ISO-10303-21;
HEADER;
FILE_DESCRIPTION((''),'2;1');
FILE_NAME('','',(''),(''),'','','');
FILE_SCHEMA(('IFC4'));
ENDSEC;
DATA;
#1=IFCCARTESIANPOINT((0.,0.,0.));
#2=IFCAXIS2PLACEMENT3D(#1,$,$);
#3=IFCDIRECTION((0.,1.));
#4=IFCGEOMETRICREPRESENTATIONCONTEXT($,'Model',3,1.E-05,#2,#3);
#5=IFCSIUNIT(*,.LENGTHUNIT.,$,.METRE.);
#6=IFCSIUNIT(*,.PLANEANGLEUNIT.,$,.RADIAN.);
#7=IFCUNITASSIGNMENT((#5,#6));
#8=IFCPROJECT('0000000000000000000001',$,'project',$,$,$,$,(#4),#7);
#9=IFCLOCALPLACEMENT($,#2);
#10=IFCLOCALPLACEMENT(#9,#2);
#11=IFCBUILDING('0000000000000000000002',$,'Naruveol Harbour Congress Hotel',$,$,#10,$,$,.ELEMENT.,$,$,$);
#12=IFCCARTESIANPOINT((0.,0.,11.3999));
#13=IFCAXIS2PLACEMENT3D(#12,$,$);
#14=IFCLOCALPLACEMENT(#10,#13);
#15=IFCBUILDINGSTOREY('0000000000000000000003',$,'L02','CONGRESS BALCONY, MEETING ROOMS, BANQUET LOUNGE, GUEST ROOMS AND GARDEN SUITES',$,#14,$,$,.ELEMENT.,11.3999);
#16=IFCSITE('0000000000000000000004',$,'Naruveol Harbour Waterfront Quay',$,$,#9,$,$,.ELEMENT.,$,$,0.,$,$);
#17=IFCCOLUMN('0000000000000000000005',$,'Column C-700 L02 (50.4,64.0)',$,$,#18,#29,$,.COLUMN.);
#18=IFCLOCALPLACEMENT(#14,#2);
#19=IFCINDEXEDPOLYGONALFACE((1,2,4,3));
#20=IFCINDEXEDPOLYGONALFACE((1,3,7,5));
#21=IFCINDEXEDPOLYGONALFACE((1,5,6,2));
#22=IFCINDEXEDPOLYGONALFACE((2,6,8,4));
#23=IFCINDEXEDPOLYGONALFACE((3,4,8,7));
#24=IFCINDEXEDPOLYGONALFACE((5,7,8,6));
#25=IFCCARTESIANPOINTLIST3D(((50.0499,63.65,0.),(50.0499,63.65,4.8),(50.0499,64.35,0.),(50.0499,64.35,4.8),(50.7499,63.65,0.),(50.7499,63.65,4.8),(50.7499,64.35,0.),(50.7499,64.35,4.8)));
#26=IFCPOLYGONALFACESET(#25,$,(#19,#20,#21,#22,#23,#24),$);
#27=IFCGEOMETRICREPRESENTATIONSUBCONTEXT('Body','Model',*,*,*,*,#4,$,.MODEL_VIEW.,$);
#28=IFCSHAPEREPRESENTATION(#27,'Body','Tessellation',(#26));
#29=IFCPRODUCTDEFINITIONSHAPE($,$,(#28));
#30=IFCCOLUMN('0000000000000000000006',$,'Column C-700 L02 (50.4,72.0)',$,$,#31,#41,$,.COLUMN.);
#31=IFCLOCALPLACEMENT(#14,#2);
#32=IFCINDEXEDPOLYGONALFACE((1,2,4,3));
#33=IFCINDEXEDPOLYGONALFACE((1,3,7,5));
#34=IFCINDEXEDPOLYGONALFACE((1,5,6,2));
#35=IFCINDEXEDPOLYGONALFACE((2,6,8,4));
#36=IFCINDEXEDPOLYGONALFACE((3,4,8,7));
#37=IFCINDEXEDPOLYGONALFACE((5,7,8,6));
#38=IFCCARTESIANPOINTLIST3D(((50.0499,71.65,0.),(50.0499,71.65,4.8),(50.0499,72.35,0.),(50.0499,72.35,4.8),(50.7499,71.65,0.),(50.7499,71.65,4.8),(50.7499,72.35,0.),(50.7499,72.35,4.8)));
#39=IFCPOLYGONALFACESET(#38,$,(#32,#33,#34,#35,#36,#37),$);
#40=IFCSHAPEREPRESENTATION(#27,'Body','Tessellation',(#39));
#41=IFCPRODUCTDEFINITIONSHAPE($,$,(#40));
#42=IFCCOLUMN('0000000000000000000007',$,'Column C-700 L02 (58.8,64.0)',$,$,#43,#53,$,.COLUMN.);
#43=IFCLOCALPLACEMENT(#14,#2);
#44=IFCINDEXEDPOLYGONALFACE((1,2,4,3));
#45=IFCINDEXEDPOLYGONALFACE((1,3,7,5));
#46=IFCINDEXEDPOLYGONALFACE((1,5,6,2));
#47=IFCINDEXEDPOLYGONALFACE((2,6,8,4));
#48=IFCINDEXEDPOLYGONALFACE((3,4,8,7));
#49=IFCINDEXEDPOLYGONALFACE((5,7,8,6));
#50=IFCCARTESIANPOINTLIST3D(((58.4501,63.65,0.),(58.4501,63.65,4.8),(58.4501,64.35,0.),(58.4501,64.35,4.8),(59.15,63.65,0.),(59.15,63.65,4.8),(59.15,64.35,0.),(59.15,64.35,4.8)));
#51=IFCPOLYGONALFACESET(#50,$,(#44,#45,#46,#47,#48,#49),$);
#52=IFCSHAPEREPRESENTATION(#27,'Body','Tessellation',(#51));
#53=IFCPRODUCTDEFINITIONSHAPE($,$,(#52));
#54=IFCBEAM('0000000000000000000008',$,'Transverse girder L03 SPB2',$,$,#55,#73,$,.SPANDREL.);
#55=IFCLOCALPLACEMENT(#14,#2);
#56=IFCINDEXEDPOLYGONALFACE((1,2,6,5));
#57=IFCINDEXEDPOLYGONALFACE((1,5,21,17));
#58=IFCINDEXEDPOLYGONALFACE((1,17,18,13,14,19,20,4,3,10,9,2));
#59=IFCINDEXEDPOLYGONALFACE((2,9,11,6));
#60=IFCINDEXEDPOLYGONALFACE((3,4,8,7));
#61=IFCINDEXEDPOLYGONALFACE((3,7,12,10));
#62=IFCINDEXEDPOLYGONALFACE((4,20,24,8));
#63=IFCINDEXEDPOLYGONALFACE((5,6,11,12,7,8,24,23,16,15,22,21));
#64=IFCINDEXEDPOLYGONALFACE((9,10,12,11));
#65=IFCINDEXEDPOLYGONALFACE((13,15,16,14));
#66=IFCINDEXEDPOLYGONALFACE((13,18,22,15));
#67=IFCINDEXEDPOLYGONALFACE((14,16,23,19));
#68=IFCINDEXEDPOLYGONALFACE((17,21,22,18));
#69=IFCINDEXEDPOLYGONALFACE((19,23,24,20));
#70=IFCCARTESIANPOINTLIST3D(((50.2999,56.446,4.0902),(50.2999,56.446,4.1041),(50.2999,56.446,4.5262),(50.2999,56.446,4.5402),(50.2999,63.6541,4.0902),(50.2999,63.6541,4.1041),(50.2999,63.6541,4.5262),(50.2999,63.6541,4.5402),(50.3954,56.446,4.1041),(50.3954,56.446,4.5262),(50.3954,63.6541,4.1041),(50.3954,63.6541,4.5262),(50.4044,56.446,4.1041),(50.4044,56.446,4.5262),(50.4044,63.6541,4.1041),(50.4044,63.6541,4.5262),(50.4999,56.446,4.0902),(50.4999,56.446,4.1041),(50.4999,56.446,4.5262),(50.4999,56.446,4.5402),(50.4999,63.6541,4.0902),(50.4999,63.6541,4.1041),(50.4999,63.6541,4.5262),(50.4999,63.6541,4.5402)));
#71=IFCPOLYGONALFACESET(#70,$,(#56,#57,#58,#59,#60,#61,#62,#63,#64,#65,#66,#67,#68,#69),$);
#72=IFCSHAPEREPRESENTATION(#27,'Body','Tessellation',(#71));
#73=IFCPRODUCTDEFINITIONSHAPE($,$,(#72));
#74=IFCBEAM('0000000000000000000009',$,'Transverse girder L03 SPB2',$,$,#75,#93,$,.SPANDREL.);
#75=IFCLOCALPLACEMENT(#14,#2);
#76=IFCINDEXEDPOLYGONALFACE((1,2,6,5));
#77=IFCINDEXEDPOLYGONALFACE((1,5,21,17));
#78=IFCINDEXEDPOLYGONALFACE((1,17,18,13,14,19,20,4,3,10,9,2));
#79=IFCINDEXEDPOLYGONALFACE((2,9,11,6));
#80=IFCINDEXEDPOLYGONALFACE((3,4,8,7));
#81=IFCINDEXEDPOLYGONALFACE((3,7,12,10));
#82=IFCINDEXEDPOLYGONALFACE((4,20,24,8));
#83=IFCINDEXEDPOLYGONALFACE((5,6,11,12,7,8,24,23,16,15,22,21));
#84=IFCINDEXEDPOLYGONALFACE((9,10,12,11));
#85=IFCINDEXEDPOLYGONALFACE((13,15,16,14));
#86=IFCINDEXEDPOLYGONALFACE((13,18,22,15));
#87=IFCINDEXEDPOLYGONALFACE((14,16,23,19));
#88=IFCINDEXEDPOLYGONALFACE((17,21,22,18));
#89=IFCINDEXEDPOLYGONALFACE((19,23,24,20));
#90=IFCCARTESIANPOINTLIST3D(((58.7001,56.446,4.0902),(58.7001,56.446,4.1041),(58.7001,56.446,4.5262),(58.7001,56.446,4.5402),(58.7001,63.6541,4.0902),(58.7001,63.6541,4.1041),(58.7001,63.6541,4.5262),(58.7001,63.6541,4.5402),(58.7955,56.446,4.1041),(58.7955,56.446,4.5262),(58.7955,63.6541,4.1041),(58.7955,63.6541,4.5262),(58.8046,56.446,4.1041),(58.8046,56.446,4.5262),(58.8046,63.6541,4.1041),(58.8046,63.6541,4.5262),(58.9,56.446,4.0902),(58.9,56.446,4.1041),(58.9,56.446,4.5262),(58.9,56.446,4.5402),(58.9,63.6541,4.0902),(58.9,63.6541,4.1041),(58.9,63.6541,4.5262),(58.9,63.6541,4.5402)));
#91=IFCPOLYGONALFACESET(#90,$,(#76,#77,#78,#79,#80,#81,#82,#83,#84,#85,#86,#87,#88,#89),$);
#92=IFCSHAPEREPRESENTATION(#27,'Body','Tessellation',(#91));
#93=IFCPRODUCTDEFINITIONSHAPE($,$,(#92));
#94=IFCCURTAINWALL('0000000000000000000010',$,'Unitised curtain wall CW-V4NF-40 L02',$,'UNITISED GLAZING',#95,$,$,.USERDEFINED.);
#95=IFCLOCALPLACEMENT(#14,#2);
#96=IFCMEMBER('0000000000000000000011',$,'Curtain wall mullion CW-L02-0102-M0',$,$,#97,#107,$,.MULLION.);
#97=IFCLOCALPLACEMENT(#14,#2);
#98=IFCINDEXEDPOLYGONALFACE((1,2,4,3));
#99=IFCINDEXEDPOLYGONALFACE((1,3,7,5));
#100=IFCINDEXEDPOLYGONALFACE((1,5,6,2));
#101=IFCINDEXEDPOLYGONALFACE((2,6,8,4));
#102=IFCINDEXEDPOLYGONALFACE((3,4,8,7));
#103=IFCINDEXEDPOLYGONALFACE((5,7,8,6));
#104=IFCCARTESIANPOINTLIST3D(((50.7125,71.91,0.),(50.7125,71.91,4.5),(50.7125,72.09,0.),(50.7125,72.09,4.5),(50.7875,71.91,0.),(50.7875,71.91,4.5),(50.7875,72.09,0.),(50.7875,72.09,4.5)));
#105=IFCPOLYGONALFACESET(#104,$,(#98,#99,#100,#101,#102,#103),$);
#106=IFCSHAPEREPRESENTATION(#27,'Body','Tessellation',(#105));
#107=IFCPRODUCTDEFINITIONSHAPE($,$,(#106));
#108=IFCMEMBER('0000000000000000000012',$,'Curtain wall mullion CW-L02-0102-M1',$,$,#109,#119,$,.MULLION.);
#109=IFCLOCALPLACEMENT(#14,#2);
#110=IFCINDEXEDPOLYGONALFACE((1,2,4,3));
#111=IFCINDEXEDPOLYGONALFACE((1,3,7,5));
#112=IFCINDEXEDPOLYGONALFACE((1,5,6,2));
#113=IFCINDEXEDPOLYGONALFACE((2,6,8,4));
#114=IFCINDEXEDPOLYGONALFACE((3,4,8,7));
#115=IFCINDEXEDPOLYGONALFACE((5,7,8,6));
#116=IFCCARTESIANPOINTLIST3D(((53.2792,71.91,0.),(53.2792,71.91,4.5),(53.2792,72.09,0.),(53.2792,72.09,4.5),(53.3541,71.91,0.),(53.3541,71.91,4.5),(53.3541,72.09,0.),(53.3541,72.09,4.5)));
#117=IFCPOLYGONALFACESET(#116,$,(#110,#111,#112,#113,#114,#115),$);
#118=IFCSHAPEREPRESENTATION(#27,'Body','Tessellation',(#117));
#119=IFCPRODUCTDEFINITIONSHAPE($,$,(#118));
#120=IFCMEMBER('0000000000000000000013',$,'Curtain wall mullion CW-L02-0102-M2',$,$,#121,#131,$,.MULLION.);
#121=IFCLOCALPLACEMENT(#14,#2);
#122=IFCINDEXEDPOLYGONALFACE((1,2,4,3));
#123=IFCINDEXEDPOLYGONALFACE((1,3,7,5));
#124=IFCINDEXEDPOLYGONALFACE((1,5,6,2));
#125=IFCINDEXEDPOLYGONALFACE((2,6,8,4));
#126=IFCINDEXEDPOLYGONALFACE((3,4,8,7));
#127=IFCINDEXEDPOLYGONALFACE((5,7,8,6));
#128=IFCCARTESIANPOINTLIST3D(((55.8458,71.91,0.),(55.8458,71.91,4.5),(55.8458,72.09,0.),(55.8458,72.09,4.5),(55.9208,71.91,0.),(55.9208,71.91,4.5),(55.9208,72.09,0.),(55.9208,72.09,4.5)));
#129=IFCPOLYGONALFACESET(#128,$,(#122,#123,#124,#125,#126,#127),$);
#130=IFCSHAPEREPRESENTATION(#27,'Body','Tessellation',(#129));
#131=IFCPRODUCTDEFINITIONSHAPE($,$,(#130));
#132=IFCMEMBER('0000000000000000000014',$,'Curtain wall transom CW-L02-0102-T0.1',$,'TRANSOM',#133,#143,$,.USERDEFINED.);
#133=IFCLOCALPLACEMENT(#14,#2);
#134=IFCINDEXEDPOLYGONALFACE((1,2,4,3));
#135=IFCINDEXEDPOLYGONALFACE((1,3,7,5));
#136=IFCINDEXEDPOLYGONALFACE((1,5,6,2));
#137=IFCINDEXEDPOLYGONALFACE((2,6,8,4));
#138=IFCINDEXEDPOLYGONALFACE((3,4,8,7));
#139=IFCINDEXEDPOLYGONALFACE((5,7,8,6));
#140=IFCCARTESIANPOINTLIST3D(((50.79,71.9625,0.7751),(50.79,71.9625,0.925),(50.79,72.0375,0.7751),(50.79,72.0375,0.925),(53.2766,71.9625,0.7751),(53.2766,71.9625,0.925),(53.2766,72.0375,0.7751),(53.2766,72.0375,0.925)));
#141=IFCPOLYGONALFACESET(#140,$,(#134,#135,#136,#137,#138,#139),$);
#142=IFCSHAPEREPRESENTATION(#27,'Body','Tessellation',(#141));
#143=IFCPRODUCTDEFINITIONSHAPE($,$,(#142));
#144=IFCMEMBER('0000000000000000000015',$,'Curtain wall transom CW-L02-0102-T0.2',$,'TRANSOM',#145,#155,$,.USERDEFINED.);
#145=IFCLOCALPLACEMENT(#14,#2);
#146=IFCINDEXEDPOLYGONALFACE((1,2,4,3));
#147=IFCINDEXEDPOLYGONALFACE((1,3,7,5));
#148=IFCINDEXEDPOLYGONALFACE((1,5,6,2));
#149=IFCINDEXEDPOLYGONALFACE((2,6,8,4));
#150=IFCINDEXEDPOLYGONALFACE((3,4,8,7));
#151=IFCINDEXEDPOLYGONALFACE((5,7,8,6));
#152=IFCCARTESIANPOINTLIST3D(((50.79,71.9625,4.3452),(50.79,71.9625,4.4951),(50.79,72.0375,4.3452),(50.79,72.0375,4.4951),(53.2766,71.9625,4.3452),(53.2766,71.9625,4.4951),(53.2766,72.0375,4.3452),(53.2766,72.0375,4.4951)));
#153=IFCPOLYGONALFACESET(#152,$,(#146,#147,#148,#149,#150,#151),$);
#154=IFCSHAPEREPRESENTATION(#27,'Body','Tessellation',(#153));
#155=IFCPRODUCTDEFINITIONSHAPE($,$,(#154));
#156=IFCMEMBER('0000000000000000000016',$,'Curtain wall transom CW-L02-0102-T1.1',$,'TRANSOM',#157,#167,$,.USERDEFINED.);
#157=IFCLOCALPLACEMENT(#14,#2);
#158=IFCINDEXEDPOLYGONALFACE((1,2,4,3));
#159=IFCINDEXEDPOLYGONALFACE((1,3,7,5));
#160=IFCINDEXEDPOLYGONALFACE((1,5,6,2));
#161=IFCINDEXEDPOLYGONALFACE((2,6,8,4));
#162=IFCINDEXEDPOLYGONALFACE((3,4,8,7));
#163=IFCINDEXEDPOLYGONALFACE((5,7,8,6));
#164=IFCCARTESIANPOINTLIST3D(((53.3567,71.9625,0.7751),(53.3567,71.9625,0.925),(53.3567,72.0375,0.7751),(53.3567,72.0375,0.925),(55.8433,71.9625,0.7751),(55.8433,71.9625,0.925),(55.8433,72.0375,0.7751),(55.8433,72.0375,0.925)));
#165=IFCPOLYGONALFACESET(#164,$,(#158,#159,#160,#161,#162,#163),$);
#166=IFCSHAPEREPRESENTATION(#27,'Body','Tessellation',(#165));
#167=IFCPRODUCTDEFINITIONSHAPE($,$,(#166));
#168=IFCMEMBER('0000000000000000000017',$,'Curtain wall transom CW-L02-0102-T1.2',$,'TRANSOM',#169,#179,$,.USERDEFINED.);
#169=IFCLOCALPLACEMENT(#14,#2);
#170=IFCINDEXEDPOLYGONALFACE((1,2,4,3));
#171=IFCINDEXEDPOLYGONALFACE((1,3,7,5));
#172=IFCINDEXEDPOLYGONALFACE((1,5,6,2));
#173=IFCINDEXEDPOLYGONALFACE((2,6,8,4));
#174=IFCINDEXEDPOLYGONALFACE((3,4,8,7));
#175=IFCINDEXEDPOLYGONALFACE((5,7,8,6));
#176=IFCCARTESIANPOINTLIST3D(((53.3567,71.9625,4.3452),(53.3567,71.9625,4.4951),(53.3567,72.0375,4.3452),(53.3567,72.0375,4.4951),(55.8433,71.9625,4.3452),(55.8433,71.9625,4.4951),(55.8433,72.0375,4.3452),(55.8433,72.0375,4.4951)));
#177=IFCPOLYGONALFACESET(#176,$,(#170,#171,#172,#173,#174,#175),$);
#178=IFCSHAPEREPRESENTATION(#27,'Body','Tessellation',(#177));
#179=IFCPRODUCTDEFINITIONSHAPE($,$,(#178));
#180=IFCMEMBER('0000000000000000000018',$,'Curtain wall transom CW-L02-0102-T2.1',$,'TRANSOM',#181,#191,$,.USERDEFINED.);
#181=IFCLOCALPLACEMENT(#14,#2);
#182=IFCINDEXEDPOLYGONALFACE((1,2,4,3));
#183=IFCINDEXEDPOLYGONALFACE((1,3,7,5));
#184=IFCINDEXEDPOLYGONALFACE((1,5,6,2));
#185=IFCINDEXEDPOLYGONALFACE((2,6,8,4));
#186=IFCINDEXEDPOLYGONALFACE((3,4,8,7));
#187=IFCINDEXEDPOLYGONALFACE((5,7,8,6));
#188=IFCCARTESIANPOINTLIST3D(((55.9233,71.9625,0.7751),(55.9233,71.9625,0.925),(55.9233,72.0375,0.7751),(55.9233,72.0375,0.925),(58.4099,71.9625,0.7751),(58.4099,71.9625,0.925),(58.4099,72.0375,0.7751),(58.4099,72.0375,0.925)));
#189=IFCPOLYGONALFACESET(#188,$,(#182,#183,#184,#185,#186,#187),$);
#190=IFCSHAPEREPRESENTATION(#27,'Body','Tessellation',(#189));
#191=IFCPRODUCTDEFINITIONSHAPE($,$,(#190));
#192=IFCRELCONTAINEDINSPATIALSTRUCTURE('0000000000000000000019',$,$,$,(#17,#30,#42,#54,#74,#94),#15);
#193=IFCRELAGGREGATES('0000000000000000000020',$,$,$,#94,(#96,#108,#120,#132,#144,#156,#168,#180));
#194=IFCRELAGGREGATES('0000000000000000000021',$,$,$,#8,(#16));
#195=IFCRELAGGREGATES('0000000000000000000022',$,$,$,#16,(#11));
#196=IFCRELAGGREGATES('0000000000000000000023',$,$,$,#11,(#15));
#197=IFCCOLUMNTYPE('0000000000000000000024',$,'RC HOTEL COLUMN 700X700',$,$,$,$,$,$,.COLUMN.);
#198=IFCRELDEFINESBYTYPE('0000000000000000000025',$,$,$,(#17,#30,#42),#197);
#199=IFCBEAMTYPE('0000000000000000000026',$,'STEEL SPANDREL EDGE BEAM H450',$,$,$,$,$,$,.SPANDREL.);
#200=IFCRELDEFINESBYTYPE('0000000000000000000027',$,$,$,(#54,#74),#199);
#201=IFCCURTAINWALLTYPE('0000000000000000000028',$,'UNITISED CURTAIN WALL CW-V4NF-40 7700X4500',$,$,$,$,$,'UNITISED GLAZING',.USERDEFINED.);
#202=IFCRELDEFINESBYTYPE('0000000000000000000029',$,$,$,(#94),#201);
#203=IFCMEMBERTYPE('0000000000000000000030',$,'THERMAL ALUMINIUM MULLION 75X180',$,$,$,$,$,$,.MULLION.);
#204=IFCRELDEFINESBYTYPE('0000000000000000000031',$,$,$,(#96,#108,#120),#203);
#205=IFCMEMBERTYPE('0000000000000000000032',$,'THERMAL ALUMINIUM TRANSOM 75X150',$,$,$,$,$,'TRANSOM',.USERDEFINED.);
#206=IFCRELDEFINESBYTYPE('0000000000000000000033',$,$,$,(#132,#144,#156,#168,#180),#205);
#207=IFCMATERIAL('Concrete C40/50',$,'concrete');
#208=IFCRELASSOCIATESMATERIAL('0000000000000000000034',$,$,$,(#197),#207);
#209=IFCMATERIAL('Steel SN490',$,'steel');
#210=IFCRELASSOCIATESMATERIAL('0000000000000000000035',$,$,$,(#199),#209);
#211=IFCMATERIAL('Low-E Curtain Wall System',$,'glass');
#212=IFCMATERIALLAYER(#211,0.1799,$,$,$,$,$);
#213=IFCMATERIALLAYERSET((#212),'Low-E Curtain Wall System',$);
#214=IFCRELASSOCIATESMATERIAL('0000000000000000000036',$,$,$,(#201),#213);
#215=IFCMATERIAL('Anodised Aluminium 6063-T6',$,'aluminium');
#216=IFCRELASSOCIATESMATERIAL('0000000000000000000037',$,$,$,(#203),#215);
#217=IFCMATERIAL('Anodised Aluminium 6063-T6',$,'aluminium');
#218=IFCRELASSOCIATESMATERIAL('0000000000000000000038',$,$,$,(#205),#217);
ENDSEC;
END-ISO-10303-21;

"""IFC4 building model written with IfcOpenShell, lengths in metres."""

from ifc_helpers import new_model, si_unit, direction, frame, origin, origin_2d, place, context, subcontext, project, spatial, rectangle, i_section, extrude, material, layer, layer_set, material_profile, profile_set, type_object, element, aggregate, save


model = new_model("IFC4")

# Units and contexts
model_context = context("Model", 3, precision=1e-05, world=origin(), true_north=direction((0.0, 1.0)))
body_context = subcontext(model_context, "Body", "Model", "MODEL_VIEW")
ifc_project = project(units=[si_unit("LENGTHUNIT", "METRE"), si_unit("PLANEANGLEUNIT", "RADIAN")], contexts=[model_context])

# Site, building, storey
site_placement = place(None, origin())
site = spatial("IfcSite", under=ifc_project, at=site_placement, Name="Naruveol Harbour Waterfront Quay", CompositionType="ELEMENT", RefElevation=0.0)
building_placement = place(site_placement, origin())
building = spatial("IfcBuilding", under=site, at=building_placement, Name="Naruveol Harbour Congress Hotel", CompositionType="ELEMENT")
storey_placement = place(building_placement, frame((0.0, 0.0, 11.3999)))
storey = spatial("IfcBuildingStorey", under=building, at=storey_placement, Name="L02", Description="CONGRESS BALCONY, MEETING ROOMS, BANQUET LOUNGE, GUEST ROOMS AND GARDEN SUITES", CompositionType="ELEMENT", Elevation=11.3999)

# Columns
ifc_material_1 = material(Name="Concrete C40/50", Category="concrete")
ifc_material_profile_1 = material_profile(ifc_material_1, rectangle(XDim=0.7, YDim=0.7, at=origin_2d()), Name="RC-700x700")
ifc_profile_set_1 = profile_set([ifc_material_profile_1], Name="Concrete C40/50")
column_type = type_object("IfcColumnType", Name="RC HOTEL COLUMN 700X700", PredefinedType="COLUMN", material=ifc_profile_set_1)
for number, where, z_axis, x_axis, name in (
    (1, (50.3999, 64.0, 0.0), (0.0, 0.0, 1.0), (1.0, 0.0, 0.0), "Column C-700 L02 (50.4,64.0)"),
    (2, (50.3999, 72.0, 0.0), (0.0, 0.0, 1.0), (1.0, 0.0, 0.0), "Column C-700 L02 (50.4,72.0)"),
    (3, (58.8, 64.0, 0.0), (0.0, 0.0, 1.0), (1.0, 0.0, 0.0), "Column C-700 L02 (58.8,64.0)"),
):
    element("IfcColumn", number, at=place(storey_placement, frame(where, z_axis=z_axis, x_axis=x_axis)), inside=storey, type_object=column_type, Name=name, PredefinedType="COLUMN", context=body_context, shape_type="SweptSolid", body=[
        extrude(rectangle(XDim=0.7, YDim=0.7, at=origin_2d()), origin(), (0.0, 0.0, 1.0), 4.8),
    ])

# Beams
ifc_material_2 = material(Name="Steel SN490", Category="steel")
ifc_material_profile_2 = material_profile(ifc_material_2, i_section(OverallWidth=0.2, OverallDepth=0.45, WebThickness=0.009, FlangeThickness=0.0139, at=origin_2d()), Name="H-450x200x9x14")
ifc_profile_set_2 = profile_set([ifc_material_profile_2], Name="Steel SN490")
beam_type = type_object("IfcBeamType", Name="STEEL SPANDREL EDGE BEAM H450", PredefinedType="SPANDREL", material=ifc_profile_set_2)
for number, where, z_axis, x_axis, name in (
    (4, (50.3999, 56.446, 4.3152), (0.0, 1.0, 0.0), (-1.0, 0.0, 0.0), "Transverse girder L03 SPB2"),
    (5, (58.8, 56.446, 4.3152), (0.0, 1.0, 0.0), (-1.0, 0.0, 0.0), "Transverse girder L03 SPB2"),
):
    element("IfcBeam", number, at=place(storey_placement, frame(where, z_axis=z_axis, x_axis=x_axis)), inside=storey, type_object=beam_type, Name=name, PredefinedType="SPANDREL", context=body_context, shape_type="SweptSolid", body=[
        extrude(i_section(OverallWidth=0.2, OverallDepth=0.45, WebThickness=0.009, FlangeThickness=0.0139, at=origin_2d()), origin(), (0.0, 0.0, 1.0), 7.208),
    ])

# Curtain wall, members
ifc_material_3 = material(Name="Low-E Curtain Wall System", Category="glass")
ifc_layer_1 = layer(ifc_material_3, 0.1799)
ifc_layer_set_1 = layer_set([ifc_layer_1], Name="Low-E Curtain Wall System")
curtain_wall_type_1 = type_object("IfcCurtainWallType", Name="UNITISED CURTAIN WALL CW-V4NF-40 7700X4500", ElementType="UNITISED GLAZING", PredefinedType="USERDEFINED", material=ifc_layer_set_1)
curtain_wall_1_placement = place(storey_placement, origin())
curtain_wall_1 = element("IfcCurtainWall", 6, at=curtain_wall_1_placement, inside=storey, type_object=curtain_wall_type_1, Name="Unitised curtain wall CW-V4NF-40 L02", ObjectType="UNITISED GLAZING", PredefinedType="USERDEFINED")
ifc_material_4 = material(Name="Anodised Aluminium 6063-T6", Category="aluminium")
ifc_material_profile_3 = material_profile(ifc_material_4, rectangle(XDim=0.075, YDim=0.1799, at=origin_2d()), Name="ALU-75x180")
ifc_profile_set_3 = profile_set([ifc_material_profile_3], Name="Anodised Aluminium 6063-T6")
member_type_1 = type_object("IfcMemberType", Name="THERMAL ALUMINIUM MULLION 75X180", PredefinedType="MULLION", material=ifc_profile_set_3)
member_1_placement = place(storey_placement, frame((50.75, 72.0, 0.0), z_axis=(0.0, 0.0, 1.0), x_axis=(1.0, 0.0, 0.0)))
member_1 = element("IfcMember", 7, at=member_1_placement, type_object=member_type_1, Name="Curtain wall mullion CW-L02-0102-M0", PredefinedType="MULLION", context=body_context, shape_type="SweptSolid", body=[
    extrude(rectangle(XDim=0.075, YDim=0.1799, at=origin_2d()), origin(), (0.0, 0.0, 1.0), 4.5),
])
member_2_placement = place(storey_placement, frame((53.3167, 72.0, 0.0), z_axis=(0.0, 0.0, 1.0), x_axis=(1.0, 0.0, 0.0)))
member_2 = element("IfcMember", 8, at=member_2_placement, type_object=member_type_1, Name="Curtain wall mullion CW-L02-0102-M1", PredefinedType="MULLION", context=body_context, shape_type="SweptSolid", body=[
    extrude(rectangle(XDim=0.075, YDim=0.1799, at=origin_2d()), origin(), (0.0, 0.0, 1.0), 4.5),
])
member_3_placement = place(storey_placement, frame((55.8833, 72.0, 0.0), z_axis=(0.0, 0.0, 1.0), x_axis=(1.0, 0.0, 0.0)))
member_3 = element("IfcMember", 9, at=member_3_placement, type_object=member_type_1, Name="Curtain wall mullion CW-L02-0102-M2", PredefinedType="MULLION", context=body_context, shape_type="SweptSolid", body=[
    extrude(rectangle(XDim=0.075, YDim=0.1799, at=origin_2d()), origin(), (0.0, 0.0, 1.0), 4.5),
])
ifc_material_5 = material(Name="Anodised Aluminium 6063-T6", Category="aluminium")
ifc_material_profile_4 = material_profile(ifc_material_5, rectangle(XDim=0.075, YDim=0.1499, at=origin_2d()), Name="ALU-75x150")
ifc_profile_set_4 = profile_set([ifc_material_profile_4], Name="Anodised Aluminium 6063-T6")
member_type_2 = type_object("IfcMemberType", Name="THERMAL ALUMINIUM TRANSOM 75X150", ElementType="TRANSOM", PredefinedType="USERDEFINED", material=ifc_profile_set_4)
member_4_placement = place(storey_placement, frame((50.79, 72.0, 0.8501), z_axis=(1.0, 0.0, 0.0), x_axis=(0.0, 1.0, 0.0)))
member_4 = element("IfcMember", 10, at=member_4_placement, type_object=member_type_2, Name="Curtain wall transom CW-L02-0102-T0.1", ObjectType="TRANSOM", PredefinedType="USERDEFINED", context=body_context, shape_type="SweptSolid", body=[
    extrude(rectangle(XDim=0.075, YDim=0.1499, at=origin_2d()), origin(), (0.0, 0.0, 1.0), 2.4866),
])
member_5_placement = place(storey_placement, frame((50.79, 72.0, 4.4202), z_axis=(1.0, 0.0, 0.0), x_axis=(0.0, 1.0, 0.0)))
member_5 = element("IfcMember", 11, at=member_5_placement, type_object=member_type_2, Name="Curtain wall transom CW-L02-0102-T0.2", ObjectType="TRANSOM", PredefinedType="USERDEFINED", context=body_context, shape_type="SweptSolid", body=[
    extrude(rectangle(XDim=0.075, YDim=0.1499, at=origin_2d()), origin(), (0.0, 0.0, 1.0), 2.4866),
])
member_6_placement = place(storey_placement, frame((53.3567, 72.0, 0.8501), z_axis=(1.0, 0.0, 0.0), x_axis=(0.0, 1.0, 0.0)))
member_6 = element("IfcMember", 12, at=member_6_placement, type_object=member_type_2, Name="Curtain wall transom CW-L02-0102-T1.1", ObjectType="TRANSOM", PredefinedType="USERDEFINED", context=body_context, shape_type="SweptSolid", body=[
    extrude(rectangle(XDim=0.075, YDim=0.1499, at=origin_2d()), origin(), (0.0, 0.0, 1.0), 2.4866),
])
member_7_placement = place(storey_placement, frame((53.3567, 72.0, 4.4202), z_axis=(1.0, 0.0, 0.0), x_axis=(0.0, 1.0, 0.0)))
member_7 = element("IfcMember", 13, at=member_7_placement, type_object=member_type_2, Name="Curtain wall transom CW-L02-0102-T1.2", ObjectType="TRANSOM", PredefinedType="USERDEFINED", context=body_context, shape_type="SweptSolid", body=[
    extrude(rectangle(XDim=0.075, YDim=0.1499, at=origin_2d()), origin(), (0.0, 0.0, 1.0), 2.4866),
])
member_8_placement = place(storey_placement, frame((55.9233, 72.0, 0.8501), z_axis=(1.0, 0.0, 0.0), x_axis=(0.0, 1.0, 0.0)))
member_8 = element("IfcMember", 14, at=member_8_placement, type_object=member_type_2, Name="Curtain wall transom CW-L02-0102-T2.1", ObjectType="TRANSOM", PredefinedType="USERDEFINED", context=body_context, shape_type="SweptSolid", body=[
    extrude(rectangle(XDim=0.075, YDim=0.1499, at=origin_2d()), origin(), (0.0, 0.0, 1.0), 2.4866),
])
aggregate(curtain_wall_1, [member_1, member_2, member_3, member_4, member_5, member_6, member_7, member_8])

save(model, "model.ifc")
